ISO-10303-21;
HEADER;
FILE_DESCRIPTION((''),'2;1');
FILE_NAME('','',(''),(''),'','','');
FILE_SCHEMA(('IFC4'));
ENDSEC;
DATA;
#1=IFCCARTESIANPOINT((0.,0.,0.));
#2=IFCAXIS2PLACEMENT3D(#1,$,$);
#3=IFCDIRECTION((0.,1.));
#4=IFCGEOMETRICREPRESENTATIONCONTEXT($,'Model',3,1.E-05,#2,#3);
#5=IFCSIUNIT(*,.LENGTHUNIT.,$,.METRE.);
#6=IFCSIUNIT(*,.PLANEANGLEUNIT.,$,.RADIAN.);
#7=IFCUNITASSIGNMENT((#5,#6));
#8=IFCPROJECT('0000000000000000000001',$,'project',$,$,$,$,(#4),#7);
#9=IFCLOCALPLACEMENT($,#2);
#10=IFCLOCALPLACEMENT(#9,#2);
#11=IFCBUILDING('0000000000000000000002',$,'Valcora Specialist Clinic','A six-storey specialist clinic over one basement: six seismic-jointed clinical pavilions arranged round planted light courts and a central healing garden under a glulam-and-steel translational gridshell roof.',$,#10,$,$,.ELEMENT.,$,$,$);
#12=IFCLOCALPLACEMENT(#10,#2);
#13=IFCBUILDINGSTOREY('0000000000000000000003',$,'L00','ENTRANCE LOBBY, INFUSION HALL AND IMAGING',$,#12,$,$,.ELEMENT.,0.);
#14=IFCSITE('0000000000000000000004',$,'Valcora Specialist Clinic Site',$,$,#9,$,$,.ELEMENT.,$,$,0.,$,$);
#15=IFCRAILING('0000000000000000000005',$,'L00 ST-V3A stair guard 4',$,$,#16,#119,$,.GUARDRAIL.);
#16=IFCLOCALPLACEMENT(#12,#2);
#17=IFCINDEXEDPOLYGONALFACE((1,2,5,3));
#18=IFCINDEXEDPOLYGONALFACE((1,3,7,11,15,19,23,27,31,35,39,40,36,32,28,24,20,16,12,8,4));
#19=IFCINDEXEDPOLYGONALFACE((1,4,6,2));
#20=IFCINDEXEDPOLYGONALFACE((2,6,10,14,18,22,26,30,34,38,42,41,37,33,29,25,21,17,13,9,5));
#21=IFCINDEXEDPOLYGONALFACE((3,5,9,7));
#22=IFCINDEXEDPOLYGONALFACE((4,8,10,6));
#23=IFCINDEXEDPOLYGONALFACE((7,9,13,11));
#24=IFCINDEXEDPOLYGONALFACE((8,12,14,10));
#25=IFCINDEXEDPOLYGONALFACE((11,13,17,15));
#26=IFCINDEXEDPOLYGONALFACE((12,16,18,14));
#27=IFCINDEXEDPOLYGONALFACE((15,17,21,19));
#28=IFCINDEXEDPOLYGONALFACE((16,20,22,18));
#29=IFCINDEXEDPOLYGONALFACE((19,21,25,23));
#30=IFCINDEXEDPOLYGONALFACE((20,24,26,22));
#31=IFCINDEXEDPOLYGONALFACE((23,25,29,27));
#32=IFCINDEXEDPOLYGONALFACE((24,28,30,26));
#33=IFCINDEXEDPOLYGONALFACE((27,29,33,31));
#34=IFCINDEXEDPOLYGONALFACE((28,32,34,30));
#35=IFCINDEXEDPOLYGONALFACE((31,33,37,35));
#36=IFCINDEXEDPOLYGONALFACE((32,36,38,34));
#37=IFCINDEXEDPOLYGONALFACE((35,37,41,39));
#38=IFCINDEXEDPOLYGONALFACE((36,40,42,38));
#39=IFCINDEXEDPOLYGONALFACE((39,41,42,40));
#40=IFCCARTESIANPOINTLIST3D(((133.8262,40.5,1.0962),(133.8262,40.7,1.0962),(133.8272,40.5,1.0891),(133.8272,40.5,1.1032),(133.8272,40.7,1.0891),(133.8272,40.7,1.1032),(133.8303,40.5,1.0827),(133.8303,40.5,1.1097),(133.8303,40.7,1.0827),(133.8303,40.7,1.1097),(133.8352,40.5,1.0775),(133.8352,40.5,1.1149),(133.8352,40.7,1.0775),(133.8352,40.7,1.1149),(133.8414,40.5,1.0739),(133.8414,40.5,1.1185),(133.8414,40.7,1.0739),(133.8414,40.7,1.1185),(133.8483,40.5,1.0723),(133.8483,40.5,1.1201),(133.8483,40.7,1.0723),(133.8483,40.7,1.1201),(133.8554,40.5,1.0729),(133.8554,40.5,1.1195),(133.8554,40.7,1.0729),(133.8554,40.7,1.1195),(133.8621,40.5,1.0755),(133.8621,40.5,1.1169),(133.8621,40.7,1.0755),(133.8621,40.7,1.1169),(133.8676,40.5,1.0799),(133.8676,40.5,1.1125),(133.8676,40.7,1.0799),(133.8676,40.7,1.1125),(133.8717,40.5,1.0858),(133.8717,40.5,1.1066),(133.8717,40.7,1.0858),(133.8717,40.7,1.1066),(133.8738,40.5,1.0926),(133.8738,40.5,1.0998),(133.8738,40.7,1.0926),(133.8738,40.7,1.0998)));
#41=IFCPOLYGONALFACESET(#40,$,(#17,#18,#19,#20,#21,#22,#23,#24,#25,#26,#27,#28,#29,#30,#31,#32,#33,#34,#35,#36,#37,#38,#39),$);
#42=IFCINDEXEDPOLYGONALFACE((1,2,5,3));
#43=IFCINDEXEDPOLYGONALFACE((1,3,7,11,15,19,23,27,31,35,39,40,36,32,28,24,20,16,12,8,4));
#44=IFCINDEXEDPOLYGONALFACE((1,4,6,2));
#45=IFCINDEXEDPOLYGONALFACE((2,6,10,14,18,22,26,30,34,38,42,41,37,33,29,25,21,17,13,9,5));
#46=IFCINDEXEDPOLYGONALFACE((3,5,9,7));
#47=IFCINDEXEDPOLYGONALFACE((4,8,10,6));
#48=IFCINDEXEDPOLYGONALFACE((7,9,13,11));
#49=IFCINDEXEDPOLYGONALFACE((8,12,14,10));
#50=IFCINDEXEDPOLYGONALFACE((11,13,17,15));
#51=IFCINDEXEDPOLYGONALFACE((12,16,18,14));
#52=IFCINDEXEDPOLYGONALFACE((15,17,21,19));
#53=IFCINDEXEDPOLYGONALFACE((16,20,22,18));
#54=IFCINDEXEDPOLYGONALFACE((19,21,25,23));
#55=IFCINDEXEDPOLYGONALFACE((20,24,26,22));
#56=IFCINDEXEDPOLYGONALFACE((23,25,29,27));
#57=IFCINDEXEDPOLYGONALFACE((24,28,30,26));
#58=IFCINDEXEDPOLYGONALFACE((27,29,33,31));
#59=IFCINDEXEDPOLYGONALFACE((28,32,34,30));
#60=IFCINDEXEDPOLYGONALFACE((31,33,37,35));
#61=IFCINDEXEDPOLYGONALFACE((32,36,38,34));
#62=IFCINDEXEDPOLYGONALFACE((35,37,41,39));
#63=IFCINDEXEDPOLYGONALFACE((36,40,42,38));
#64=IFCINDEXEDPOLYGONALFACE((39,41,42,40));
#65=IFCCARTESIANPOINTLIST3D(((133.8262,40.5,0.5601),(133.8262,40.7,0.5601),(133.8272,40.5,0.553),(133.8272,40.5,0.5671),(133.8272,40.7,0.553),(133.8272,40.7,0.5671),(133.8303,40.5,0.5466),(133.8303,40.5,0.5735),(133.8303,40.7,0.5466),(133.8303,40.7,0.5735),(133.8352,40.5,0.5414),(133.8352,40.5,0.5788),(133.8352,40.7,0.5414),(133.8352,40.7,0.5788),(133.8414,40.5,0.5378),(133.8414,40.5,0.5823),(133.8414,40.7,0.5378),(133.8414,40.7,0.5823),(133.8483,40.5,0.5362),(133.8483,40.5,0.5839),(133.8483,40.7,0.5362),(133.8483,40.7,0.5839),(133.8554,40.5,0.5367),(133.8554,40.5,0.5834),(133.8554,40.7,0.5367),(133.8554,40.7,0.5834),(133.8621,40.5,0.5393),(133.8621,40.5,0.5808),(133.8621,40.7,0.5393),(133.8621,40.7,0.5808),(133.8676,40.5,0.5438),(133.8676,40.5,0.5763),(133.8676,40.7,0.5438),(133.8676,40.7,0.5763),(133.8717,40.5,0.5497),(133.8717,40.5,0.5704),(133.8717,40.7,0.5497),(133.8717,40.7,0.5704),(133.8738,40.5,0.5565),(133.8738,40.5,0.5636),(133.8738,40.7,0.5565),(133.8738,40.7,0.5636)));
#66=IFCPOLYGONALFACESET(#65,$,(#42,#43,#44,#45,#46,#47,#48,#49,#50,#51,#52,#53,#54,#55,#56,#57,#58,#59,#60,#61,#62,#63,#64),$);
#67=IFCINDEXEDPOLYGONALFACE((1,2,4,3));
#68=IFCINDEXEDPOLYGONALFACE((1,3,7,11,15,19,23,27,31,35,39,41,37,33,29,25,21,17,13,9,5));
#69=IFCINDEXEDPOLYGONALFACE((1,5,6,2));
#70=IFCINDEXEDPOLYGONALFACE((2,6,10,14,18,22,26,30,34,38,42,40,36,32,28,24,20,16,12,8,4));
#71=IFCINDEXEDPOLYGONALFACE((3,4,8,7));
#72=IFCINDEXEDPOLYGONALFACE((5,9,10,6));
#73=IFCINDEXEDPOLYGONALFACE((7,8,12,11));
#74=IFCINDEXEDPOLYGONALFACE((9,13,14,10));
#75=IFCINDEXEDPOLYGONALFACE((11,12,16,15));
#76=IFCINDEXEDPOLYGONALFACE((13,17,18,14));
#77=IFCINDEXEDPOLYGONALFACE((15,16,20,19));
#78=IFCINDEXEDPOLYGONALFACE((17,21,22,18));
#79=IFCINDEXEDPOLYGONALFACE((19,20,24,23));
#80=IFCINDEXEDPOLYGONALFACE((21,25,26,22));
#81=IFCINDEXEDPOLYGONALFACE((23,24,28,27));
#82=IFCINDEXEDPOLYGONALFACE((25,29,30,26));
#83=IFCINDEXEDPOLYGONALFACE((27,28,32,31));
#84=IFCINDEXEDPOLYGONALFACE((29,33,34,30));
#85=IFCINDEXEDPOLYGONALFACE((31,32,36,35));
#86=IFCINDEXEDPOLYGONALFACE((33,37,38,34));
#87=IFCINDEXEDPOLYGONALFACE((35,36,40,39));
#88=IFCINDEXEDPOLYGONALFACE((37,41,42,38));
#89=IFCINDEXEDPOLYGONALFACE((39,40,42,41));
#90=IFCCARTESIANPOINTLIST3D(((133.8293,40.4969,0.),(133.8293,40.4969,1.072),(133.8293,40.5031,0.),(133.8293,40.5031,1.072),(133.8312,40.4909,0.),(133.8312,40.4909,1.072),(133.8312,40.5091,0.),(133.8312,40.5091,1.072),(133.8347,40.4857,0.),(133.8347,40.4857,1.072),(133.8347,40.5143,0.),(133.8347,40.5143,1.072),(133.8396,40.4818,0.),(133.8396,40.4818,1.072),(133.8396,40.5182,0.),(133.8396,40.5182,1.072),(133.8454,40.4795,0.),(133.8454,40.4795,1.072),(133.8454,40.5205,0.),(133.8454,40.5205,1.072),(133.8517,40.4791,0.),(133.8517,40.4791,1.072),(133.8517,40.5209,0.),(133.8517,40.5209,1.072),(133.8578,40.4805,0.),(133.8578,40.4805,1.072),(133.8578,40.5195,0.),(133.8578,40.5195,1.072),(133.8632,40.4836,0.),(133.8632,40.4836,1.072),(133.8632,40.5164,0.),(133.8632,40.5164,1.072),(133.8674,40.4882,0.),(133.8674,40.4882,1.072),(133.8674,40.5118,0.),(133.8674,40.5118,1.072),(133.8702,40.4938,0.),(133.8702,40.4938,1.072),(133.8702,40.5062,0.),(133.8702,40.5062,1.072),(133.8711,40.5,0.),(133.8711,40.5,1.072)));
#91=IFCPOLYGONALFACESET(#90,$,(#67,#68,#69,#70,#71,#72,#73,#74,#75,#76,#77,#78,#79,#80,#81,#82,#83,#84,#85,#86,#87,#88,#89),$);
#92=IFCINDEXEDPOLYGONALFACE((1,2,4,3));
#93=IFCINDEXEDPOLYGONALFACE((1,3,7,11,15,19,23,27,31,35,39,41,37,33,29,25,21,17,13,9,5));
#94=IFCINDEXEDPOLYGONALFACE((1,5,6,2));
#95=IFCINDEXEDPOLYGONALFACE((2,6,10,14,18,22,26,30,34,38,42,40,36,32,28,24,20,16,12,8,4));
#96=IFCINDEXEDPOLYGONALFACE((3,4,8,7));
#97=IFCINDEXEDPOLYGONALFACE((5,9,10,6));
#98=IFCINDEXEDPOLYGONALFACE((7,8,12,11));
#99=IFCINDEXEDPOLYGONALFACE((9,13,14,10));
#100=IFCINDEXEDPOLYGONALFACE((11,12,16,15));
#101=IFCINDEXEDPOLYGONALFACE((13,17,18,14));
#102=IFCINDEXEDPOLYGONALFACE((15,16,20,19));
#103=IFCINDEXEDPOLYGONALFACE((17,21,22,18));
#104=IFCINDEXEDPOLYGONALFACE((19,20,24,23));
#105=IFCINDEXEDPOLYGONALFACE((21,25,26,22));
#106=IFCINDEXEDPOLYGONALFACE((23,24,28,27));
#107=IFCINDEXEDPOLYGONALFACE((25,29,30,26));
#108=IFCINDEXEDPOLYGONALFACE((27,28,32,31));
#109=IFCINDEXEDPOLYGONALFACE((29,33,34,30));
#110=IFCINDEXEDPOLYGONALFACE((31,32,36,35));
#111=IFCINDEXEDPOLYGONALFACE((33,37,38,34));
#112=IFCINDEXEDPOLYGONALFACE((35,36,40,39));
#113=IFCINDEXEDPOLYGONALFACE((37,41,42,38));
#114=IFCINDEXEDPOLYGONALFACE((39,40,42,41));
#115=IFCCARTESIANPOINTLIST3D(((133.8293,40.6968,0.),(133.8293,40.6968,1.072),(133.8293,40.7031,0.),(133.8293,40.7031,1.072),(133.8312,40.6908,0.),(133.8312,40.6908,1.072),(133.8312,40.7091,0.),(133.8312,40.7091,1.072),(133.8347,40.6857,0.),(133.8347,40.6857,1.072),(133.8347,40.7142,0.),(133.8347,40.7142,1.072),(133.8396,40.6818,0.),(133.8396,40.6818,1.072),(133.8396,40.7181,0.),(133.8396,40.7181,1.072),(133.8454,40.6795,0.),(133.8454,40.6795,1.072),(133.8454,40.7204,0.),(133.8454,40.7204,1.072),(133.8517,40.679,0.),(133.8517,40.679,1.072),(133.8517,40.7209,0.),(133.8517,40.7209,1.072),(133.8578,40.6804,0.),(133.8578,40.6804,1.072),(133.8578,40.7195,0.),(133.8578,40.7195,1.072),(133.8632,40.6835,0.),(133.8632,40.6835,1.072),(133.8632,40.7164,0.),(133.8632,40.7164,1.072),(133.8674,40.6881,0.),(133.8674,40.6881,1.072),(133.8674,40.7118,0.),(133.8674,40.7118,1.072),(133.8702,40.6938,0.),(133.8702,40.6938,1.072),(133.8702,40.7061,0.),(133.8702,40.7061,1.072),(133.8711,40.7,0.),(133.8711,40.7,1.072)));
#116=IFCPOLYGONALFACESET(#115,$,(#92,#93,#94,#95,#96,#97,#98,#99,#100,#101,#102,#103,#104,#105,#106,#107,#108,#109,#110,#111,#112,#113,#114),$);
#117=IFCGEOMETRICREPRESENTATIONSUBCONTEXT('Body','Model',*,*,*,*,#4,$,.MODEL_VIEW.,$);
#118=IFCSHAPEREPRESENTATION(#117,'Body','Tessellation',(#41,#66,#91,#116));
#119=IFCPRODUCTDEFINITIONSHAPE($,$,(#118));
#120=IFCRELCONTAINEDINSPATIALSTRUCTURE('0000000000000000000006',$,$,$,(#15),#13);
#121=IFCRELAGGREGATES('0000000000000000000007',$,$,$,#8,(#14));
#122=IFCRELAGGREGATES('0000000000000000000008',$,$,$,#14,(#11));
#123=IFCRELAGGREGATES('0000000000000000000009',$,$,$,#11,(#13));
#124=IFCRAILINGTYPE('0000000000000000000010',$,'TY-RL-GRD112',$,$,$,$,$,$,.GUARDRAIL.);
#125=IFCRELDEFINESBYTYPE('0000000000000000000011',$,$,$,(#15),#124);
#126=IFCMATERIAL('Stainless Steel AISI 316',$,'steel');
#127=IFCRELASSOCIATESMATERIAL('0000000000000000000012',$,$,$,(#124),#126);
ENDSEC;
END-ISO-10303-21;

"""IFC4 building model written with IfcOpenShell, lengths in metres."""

from ifc_helpers import new_model, si_unit, direction, frame, origin, origin_2d, place, context, subcontext, project, spatial, circle, extrude, material, type_object, element, save


model = new_model("IFC4")

# Units and contexts
model_context = context("Model", 3, precision=1e-05, world=origin(), true_north=direction((0.0, 1.0)))
body_context = subcontext(model_context, "Body", "Model", "MODEL_VIEW")
ifc_project = project(units=[si_unit("LENGTHUNIT", "METRE"), si_unit("PLANEANGLEUNIT", "RADIAN")], contexts=[model_context])

# Site, building, storey
site_placement = place(None, origin())
site = spatial("IfcSite", under=ifc_project, at=site_placement, Name="Valcora Specialist Clinic Site", CompositionType="ELEMENT", RefElevation=0.0)
building_placement = place(site_placement, origin())
building = spatial("IfcBuilding", under=site, at=building_placement, Name="Valcora Specialist Clinic", Description="A six-storey specialist clinic over one basement: six seismic-jointed clinical pavilions arranged round planted light courts and a central healing garden under a glulam-and-steel translational gridshell roof.", CompositionType="ELEMENT")
storey_placement = place(building_placement, origin())
storey = spatial("IfcBuildingStorey", under=building, at=storey_placement, Name="L00", Description="ENTRANCE LOBBY, INFUSION HALL AND IMAGING", CompositionType="ELEMENT", Elevation=0.0)

# Shared definitions
ifc_material_1 = material(Name="Stainless Steel AISI 316", Category="steel")

# Railing
railing_type_1 = type_object("IfcRailingType", Name="TY-RL-GRD112", PredefinedType="GUARDRAIL", material=ifc_material_1)
railing_1_placement = place(storey_placement, frame((133.8501, 40.5, 0.0)))
element("IfcRailing", 1, at=railing_1_placement, inside=storey, type_object=railing_type_1, Name="L00 ST-V3A stair guard 4", PredefinedType="GUARDRAIL", context=body_context, shape_type="SweptSolid", body=[
    extrude(circle(Radius=0.0239, at=origin_2d()), frame((0.0, 0.0, 1.0962), z_axis=(0.0, 1.0, 0.0), x_axis=(-1.0, 0.0, 0.0)), (0.0, 0.0, 1.0), 0.2),
    extrude(circle(Radius=0.0239, at=origin_2d()), frame((0.0, 0.0, 0.5601), z_axis=(0.0, 1.0, 0.0), x_axis=(-1.0, 0.0, 0.0)), (0.0, 0.0, 1.0), 0.2),
    extrude(circle(Radius=0.021, at=origin_2d()), origin(), (0.0, 0.0, 1.0), 1.072),
    extrude(circle(Radius=0.021, at=origin_2d()), frame((0.0, 0.2, 0.0)), (0.0, 0.0, 1.0), 1.072),
])

save(model, "model.ifc")
